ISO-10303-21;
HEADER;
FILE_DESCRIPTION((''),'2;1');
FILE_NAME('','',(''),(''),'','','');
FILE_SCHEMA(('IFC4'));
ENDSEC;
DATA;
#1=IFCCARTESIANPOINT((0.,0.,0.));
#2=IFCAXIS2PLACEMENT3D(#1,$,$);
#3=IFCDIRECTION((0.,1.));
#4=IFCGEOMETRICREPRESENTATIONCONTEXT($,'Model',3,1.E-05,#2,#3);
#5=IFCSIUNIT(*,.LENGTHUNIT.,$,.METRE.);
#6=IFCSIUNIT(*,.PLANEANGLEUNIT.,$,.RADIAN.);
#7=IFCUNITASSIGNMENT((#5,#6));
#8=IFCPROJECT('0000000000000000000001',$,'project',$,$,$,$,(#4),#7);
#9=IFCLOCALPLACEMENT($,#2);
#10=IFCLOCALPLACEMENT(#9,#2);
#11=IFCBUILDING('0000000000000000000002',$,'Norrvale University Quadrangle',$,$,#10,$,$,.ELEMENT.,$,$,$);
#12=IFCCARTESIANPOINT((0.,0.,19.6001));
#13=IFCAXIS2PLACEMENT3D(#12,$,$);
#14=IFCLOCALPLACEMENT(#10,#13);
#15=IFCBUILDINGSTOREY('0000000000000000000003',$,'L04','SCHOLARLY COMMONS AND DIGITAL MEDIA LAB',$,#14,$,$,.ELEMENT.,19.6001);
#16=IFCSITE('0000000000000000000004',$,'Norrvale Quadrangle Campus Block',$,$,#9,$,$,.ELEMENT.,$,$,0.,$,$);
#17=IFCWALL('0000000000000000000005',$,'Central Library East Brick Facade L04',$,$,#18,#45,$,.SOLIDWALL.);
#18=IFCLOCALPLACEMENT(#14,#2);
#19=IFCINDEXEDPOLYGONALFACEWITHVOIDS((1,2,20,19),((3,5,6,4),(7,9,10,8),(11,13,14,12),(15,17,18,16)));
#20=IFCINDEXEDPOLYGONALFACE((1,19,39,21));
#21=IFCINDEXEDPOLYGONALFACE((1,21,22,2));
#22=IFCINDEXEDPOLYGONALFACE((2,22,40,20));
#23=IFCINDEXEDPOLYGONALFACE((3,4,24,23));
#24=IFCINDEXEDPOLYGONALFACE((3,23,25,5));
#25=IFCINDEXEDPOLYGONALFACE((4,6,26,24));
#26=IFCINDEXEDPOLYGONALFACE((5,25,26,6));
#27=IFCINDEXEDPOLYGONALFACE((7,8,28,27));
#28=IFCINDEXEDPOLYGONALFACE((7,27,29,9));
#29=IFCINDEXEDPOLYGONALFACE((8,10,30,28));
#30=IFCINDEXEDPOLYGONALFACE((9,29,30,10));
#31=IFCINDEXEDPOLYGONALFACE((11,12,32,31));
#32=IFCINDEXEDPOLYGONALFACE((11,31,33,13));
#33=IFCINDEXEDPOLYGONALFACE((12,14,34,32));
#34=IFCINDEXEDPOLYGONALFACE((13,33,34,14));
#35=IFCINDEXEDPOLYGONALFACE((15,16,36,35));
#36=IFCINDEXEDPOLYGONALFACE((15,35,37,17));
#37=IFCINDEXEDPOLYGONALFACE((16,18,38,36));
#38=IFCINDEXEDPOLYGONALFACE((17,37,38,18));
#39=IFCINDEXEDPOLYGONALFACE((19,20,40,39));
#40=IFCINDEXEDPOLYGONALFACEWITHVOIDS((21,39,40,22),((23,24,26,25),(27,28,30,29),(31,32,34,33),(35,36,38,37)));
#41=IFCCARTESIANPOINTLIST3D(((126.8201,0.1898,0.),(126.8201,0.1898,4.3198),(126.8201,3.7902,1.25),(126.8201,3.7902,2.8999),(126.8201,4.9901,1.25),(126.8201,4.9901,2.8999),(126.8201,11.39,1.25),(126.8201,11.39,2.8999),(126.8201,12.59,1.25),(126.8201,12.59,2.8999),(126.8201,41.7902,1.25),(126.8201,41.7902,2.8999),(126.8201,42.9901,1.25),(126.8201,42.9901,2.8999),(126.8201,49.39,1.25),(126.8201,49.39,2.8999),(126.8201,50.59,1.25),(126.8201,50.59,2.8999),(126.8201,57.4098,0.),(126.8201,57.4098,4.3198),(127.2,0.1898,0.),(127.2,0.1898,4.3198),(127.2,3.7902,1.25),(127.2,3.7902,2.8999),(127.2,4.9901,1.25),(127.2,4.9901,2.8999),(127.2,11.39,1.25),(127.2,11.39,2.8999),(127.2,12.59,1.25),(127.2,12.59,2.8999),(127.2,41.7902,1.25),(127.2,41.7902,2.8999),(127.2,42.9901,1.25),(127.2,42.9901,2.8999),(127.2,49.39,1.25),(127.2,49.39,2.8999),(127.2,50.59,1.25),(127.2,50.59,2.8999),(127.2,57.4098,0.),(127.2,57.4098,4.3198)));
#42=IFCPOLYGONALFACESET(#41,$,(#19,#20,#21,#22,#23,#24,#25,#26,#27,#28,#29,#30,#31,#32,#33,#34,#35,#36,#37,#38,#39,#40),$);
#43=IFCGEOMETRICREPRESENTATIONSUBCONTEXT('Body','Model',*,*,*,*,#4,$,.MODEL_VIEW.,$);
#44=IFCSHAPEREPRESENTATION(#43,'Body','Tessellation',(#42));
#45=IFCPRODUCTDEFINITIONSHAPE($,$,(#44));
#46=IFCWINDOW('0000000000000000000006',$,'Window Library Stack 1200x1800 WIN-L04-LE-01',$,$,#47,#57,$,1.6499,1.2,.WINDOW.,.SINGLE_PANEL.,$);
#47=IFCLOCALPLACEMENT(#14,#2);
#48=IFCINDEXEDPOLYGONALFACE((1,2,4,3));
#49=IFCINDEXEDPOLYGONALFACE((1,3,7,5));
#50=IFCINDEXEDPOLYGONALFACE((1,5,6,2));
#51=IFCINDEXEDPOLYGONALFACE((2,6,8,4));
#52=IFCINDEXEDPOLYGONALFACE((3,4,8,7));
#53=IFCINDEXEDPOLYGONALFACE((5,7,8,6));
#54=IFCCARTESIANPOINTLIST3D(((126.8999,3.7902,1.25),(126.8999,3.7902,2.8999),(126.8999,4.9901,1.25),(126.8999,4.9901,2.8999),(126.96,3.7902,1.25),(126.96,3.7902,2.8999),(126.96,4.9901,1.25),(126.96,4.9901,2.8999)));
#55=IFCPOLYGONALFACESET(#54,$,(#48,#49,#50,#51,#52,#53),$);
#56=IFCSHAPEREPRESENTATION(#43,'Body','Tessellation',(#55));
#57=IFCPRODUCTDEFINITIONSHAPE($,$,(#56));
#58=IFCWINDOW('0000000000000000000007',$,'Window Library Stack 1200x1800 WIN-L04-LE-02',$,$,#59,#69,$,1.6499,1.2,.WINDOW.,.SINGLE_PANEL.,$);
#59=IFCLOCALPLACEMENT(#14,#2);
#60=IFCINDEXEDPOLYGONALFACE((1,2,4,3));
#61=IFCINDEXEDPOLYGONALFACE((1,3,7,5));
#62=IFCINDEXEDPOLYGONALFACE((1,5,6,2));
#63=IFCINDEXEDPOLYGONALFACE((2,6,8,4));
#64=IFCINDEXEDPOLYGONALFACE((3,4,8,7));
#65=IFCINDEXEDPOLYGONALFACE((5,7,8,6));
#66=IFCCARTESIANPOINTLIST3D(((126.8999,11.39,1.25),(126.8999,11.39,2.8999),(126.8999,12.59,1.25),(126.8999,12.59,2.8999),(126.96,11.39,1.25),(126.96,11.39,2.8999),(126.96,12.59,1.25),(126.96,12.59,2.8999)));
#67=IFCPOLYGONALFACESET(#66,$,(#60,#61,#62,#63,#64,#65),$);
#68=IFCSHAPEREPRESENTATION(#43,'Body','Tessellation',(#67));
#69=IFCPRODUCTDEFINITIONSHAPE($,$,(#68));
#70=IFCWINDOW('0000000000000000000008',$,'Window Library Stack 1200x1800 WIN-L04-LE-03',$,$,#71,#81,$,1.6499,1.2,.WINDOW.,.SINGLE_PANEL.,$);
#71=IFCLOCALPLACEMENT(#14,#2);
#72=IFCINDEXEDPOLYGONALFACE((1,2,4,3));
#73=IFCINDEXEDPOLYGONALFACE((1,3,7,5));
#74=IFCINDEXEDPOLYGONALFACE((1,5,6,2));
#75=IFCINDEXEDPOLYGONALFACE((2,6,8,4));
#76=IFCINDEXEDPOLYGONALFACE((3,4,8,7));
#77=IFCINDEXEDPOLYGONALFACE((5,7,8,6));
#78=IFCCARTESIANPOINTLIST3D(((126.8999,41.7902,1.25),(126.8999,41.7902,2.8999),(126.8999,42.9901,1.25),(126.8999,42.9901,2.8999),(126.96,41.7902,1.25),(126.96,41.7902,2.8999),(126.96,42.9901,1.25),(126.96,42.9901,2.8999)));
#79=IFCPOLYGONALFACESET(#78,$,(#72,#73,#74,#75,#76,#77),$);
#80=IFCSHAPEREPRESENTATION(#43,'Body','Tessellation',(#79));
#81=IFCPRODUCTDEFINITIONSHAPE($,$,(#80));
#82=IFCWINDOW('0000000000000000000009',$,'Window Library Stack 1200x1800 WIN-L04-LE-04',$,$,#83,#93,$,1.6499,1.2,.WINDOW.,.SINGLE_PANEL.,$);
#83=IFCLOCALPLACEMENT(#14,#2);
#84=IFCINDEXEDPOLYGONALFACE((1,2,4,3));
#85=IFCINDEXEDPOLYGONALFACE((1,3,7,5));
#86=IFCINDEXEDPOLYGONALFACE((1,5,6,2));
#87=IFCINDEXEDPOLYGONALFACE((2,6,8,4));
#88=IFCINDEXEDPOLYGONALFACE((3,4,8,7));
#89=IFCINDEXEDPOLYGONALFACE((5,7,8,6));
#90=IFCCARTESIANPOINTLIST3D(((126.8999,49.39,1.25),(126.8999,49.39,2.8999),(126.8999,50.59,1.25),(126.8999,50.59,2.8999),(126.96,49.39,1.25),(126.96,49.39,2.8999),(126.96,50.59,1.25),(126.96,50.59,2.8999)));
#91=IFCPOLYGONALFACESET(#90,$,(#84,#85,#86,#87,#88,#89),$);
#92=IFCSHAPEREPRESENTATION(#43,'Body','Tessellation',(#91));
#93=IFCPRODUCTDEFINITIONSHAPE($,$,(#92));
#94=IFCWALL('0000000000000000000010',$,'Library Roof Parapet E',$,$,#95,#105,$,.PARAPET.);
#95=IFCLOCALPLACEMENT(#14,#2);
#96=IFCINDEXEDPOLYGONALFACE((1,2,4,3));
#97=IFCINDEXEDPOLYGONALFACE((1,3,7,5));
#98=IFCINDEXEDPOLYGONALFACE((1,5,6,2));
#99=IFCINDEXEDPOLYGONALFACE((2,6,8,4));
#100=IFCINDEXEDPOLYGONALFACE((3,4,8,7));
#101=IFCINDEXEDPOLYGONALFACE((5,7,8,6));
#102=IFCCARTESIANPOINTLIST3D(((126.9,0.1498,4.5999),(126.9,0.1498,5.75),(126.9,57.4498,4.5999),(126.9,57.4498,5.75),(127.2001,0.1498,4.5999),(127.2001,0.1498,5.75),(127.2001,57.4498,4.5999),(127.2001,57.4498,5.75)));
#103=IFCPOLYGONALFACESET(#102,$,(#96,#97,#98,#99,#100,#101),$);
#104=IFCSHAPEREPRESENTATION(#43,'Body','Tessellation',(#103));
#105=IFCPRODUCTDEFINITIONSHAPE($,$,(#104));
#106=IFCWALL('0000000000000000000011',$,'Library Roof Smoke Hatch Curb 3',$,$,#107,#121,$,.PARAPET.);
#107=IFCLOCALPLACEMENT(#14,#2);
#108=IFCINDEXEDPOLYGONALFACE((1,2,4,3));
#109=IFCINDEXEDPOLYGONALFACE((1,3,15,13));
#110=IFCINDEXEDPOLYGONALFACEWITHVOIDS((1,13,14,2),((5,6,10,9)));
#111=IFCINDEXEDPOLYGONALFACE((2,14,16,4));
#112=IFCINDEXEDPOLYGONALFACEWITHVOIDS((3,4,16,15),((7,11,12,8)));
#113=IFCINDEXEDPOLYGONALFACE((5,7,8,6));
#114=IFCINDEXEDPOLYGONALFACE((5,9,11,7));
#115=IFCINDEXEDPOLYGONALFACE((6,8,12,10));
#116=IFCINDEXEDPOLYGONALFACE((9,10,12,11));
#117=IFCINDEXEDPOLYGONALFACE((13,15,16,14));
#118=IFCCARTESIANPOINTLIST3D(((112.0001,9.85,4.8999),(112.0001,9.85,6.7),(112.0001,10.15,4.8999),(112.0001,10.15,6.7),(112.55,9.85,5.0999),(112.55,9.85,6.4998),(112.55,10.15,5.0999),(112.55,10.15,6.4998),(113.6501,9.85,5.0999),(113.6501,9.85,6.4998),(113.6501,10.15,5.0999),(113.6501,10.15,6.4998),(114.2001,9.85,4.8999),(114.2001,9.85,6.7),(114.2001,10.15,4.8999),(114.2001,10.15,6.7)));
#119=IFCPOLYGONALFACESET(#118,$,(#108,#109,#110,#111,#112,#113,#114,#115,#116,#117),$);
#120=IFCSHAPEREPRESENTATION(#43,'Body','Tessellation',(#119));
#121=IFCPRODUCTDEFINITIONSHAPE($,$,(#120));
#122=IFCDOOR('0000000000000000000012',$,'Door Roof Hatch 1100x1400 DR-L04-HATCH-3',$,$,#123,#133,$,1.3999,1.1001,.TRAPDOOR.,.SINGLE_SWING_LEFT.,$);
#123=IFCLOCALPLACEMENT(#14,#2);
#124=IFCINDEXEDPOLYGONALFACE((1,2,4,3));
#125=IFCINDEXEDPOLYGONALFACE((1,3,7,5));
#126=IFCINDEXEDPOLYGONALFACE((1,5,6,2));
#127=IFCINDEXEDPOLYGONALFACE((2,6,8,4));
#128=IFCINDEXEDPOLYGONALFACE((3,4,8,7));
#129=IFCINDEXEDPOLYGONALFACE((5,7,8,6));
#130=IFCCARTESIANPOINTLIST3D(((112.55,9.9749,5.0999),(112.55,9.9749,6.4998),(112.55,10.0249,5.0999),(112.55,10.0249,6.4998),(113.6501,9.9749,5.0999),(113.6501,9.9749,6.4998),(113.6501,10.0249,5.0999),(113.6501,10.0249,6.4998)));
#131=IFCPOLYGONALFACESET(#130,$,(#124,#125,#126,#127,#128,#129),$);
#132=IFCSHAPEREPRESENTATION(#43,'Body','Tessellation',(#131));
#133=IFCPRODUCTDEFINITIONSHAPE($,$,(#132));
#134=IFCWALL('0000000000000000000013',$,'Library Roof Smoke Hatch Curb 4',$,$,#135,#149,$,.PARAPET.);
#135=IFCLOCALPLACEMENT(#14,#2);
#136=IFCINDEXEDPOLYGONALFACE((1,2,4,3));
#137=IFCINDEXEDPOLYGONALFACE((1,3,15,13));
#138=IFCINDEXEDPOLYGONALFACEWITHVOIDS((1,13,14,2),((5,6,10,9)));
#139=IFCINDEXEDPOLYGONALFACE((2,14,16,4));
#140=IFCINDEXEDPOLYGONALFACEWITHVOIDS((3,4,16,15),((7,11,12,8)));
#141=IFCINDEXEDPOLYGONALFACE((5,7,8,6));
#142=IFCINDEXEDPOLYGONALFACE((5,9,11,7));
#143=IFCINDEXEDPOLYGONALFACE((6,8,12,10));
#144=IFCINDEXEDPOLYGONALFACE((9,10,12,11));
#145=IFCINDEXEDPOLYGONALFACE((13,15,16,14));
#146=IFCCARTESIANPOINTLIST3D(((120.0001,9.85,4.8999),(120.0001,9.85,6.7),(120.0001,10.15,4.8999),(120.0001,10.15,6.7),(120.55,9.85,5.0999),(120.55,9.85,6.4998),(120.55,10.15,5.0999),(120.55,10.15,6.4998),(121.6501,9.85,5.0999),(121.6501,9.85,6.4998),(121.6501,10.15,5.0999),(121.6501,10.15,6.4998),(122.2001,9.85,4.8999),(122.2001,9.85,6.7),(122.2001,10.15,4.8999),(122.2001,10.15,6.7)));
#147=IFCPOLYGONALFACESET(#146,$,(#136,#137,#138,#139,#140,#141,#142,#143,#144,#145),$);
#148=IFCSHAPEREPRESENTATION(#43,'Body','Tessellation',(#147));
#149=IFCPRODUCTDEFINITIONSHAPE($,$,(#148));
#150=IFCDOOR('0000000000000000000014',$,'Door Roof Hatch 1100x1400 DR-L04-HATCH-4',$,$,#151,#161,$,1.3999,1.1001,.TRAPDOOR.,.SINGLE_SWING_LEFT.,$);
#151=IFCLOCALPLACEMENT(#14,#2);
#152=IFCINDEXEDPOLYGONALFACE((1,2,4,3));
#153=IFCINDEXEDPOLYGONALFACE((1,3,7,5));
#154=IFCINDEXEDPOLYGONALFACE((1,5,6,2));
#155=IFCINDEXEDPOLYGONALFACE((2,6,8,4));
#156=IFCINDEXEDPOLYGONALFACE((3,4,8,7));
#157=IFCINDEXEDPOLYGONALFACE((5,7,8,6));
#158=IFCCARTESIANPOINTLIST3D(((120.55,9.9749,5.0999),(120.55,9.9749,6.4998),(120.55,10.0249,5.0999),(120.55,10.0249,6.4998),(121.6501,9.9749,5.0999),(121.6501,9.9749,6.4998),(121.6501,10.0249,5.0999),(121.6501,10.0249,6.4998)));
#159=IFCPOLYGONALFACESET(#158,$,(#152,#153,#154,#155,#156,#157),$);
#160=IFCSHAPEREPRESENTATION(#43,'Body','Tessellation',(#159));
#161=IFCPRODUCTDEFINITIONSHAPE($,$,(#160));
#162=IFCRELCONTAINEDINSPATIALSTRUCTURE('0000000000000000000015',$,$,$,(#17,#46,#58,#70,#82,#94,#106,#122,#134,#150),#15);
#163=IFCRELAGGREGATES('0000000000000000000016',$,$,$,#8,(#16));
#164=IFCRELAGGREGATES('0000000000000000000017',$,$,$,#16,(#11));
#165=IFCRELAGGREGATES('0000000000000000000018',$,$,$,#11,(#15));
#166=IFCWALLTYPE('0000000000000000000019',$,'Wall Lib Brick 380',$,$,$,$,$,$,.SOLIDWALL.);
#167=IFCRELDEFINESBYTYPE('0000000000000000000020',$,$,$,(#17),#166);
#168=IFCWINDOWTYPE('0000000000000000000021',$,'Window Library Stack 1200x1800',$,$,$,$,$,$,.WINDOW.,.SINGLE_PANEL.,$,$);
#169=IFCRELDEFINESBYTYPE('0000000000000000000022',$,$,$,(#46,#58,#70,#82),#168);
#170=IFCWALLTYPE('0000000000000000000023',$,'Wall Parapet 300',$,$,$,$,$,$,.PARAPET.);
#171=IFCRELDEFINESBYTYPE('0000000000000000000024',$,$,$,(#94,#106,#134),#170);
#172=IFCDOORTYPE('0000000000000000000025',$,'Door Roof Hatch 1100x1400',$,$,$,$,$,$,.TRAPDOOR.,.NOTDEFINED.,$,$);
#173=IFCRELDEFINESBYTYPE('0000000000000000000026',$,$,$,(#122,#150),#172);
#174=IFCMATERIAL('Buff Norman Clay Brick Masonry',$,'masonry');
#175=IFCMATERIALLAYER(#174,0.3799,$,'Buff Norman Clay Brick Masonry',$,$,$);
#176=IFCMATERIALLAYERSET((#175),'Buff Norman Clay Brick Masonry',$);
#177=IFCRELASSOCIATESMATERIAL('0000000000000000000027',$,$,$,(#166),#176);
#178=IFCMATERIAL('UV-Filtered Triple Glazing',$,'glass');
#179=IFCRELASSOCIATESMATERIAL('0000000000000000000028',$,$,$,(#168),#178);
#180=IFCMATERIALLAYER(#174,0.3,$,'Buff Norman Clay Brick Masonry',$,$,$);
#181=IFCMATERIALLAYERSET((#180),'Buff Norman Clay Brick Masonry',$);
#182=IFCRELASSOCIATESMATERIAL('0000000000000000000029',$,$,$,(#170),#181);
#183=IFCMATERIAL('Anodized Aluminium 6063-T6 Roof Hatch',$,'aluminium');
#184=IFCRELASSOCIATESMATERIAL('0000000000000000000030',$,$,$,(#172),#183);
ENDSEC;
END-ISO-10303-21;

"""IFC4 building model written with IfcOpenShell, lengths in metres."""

from ifc_helpers import new_model, si_unit, direction, frame, frame_2d, origin, place, context, subcontext, project, spatial, rectangle, extrude, material, layer, layer_set, type_object, element, fill, save


model = new_model("IFC4")

# Units and contexts
model_context = context("Model", 3, precision=1e-05, world=origin(), true_north=direction((0.0, 1.0)))
body_context = subcontext(model_context, "Body", "Model", "MODEL_VIEW")
ifc_project = project(units=[si_unit("LENGTHUNIT", "METRE"), si_unit("PLANEANGLEUNIT", "RADIAN")], contexts=[model_context])

# Site, building, storey
site_placement = place(None, origin())
site = spatial("IfcSite", under=ifc_project, at=site_placement, Name="Norrvale Quadrangle Campus Block", CompositionType="ELEMENT", RefElevation=0.0)
building_placement = place(site_placement, origin())
building = spatial("IfcBuilding", under=site, at=building_placement, Name="Norrvale University Quadrangle", CompositionType="ELEMENT")
storey_placement = place(building_placement, frame((0.0, 0.0, 19.6001)))
storey = spatial("IfcBuildingStorey", under=building, at=storey_placement, Name="L04", Description="SCHOLARLY COMMONS AND DIGITAL MEDIA LAB", CompositionType="ELEMENT", Elevation=19.6001)

# Wall, openings, windows
ifc_material_1 = material(Name="Buff Norman Clay Brick Masonry", Category="masonry")
ifc_layer_1 = layer(ifc_material_1, 0.3799, Name="Buff Norman Clay Brick Masonry")
ifc_layer_set_1 = layer_set([ifc_layer_1], Name="Buff Norman Clay Brick Masonry")
wall_type_1 = type_object("IfcWallType", Name="Wall Lib Brick 380", PredefinedType="SOLIDWALL", material=ifc_layer_set_1)
wall_1_placement = place(storey_placement, frame((127.01, 0.1899, 0.0), z_axis=(0.0, 0.0, 1.0), x_axis=(0.0, 1.0, 0.0)))
wall_1 = element("IfcWall", 1, at=wall_1_placement, inside=storey, type_object=wall_type_1, Name="Central Library East Brick Facade L04", PredefinedType="SOLIDWALL", context=body_context, shape_type="SweptSolid", body=[
    extrude(rectangle(XDim=57.22, YDim=0.3799, at=frame_2d((28.6099, 0.0))), origin(), (0.0, 0.0, 1.0), 4.3198),
])
opening_1_placement = place(wall_1_placement, frame((3.6001, 0.0, 1.25)))
opening_1 = element("IfcOpeningElement", 2, at=opening_1_placement, cuts=wall_1, PredefinedType="OPENING", context=body_context, shape_type="SweptSolid", body=[
    extrude(rectangle(XDim=1.2, YDim=1.6499, at=frame_2d((0.6001, 0.825))), frame((0.0, 0.2019, 0.0), z_axis=(0.0, -1.0, 0.0), x_axis=(1.0, 0.0, 0.0)), (0.0, 0.0, 1.0), 0.4038),
])
opening_2_placement = place(wall_1_placement, frame((11.2, 0.0, 1.25)))
opening_2 = element("IfcOpeningElement", 3, at=opening_2_placement, cuts=wall_1, PredefinedType="OPENING", context=body_context, shape_type="SweptSolid", body=[
    extrude(rectangle(XDim=1.2, YDim=1.6499, at=frame_2d((0.6001, 0.825))), frame((0.0, 0.2019, 0.0), z_axis=(0.0, -1.0, 0.0), x_axis=(1.0, 0.0, 0.0)), (0.0, 0.0, 1.0), 0.4038),
])
opening_3_placement = place(wall_1_placement, frame((41.6001, 0.0, 1.25)))
opening_3 = element("IfcOpeningElement", 4, at=opening_3_placement, cuts=wall_1, PredefinedType="OPENING", context=body_context, shape_type="SweptSolid", body=[
    extrude(rectangle(XDim=1.2, YDim=1.6499, at=frame_2d((0.6001, 0.825))), frame((0.0, 0.2019, 0.0), z_axis=(0.0, -1.0, 0.0), x_axis=(1.0, 0.0, 0.0)), (0.0, 0.0, 1.0), 0.4038),
])
opening_4_placement = place(wall_1_placement, frame((49.2, 0.0, 1.25)))
opening_4 = element("IfcOpeningElement", 5, at=opening_4_placement, cuts=wall_1, PredefinedType="OPENING", context=body_context, shape_type="SweptSolid", body=[
    extrude(rectangle(XDim=1.2, YDim=1.6499, at=frame_2d((0.6001, 0.825))), frame((0.0, 0.2019, 0.0), z_axis=(0.0, -1.0, 0.0), x_axis=(1.0, 0.0, 0.0)), (0.0, 0.0, 1.0), 0.4038),
])
ifc_material_2 = material(Name="UV-Filtered Triple Glazing", Category="glass")
window_type = type_object("IfcWindowType", Name="Window Library Stack 1200x1800", PartitioningType="SINGLE_PANEL", PredefinedType="WINDOW", material=ifc_material_2)
window_1_placement = place(opening_1_placement, origin())
window_1 = element("IfcWindow", 6, at=window_1_placement, inside=storey, type_object=window_type, Name="Window Library Stack 1200x1800 WIN-L04-LE-01", OverallHeight=1.6499, OverallWidth=1.2, PartitioningType="SINGLE_PANEL", PredefinedType="WINDOW", context=body_context, shape_type="SweptSolid", body=[
    extrude(rectangle(XDim=1.2, YDim=1.6499, at=frame_2d((0.6001, 0.825))), frame((0.0, 0.1101, 0.0), z_axis=(0.0, -1.0, 0.0), x_axis=(1.0, 0.0, 0.0)), (0.0, 0.0, 1.0), 0.0601),
])
fill(opening_1, window_1)
window_2_placement = place(opening_2_placement, origin())
window_2 = element("IfcWindow", 7, at=window_2_placement, inside=storey, type_object=window_type, Name="Window Library Stack 1200x1800 WIN-L04-LE-02", OverallHeight=1.6499, OverallWidth=1.2, PartitioningType="SINGLE_PANEL", PredefinedType="WINDOW", context=body_context, shape_type="SweptSolid", body=[
    extrude(rectangle(XDim=1.2, YDim=1.6499, at=frame_2d((0.6001, 0.825))), frame((0.0, 0.1101, 0.0), z_axis=(0.0, -1.0, 0.0), x_axis=(1.0, 0.0, 0.0)), (0.0, 0.0, 1.0), 0.0601),
])
fill(opening_2, window_2)
window_3_placement = place(opening_3_placement, origin())
window_3 = element("IfcWindow", 8, at=window_3_placement, inside=storey, type_object=window_type, Name="Window Library Stack 1200x1800 WIN-L04-LE-03", OverallHeight=1.6499, OverallWidth=1.2, PartitioningType="SINGLE_PANEL", PredefinedType="WINDOW", context=body_context, shape_type="SweptSolid", body=[
    extrude(rectangle(XDim=1.2, YDim=1.6499, at=frame_2d((0.6001, 0.825))), frame((0.0, 0.1101, 0.0), z_axis=(0.0, -1.0, 0.0), x_axis=(1.0, 0.0, 0.0)), (0.0, 0.0, 1.0), 0.0601),
])
fill(opening_3, window_3)
window_4_placement = place(opening_4_placement, origin())
window_4 = element("IfcWindow", 9, at=window_4_placement, inside=storey, type_object=window_type, Name="Window Library Stack 1200x1800 WIN-L04-LE-04", OverallHeight=1.6499, OverallWidth=1.2, PartitioningType="SINGLE_PANEL", PredefinedType="WINDOW", context=body_context, shape_type="SweptSolid", body=[
    extrude(rectangle(XDim=1.2, YDim=1.6499, at=frame_2d((0.6001, 0.825))), frame((0.0, 0.1101, 0.0), z_axis=(0.0, -1.0, 0.0), x_axis=(1.0, 0.0, 0.0)), (0.0, 0.0, 1.0), 0.0601),
])
fill(opening_4, window_4)

# Wall
ifc_layer_2 = layer(ifc_material_1, 0.3, Name="Buff Norman Clay Brick Masonry")
ifc_layer_set_2 = layer_set([ifc_layer_2], Name="Buff Norman Clay Brick Masonry")
wall_type_2 = type_object("IfcWallType", Name="Wall Parapet 300", PredefinedType="PARAPET", material=ifc_layer_set_2)
wall_2_placement = place(storey_placement, frame((127.05, 0.1499, 4.5999), z_axis=(0.0, 0.0, 1.0), x_axis=(0.0, 1.0, 0.0)))
element("IfcWall", 10, at=wall_2_placement, inside=storey, type_object=wall_type_2, Name="Library Roof Parapet E", PredefinedType="PARAPET", context=body_context, shape_type="SweptSolid", body=[
    extrude(rectangle(XDim=57.3, YDim=0.3, at=frame_2d((28.6499, 0.0))), origin(), (0.0, 0.0, 1.0), 1.1501),
])

# Walls, openings, doors
wall_3_placement = place(storey_placement, frame((112.0, 10.0, 4.8999), z_axis=(0.0, 0.0, 1.0), x_axis=(1.0, 0.0, 0.0)))
wall_3 = element("IfcWall", 11, at=wall_3_placement, inside=storey, type_object=wall_type_2, Name="Library Roof Smoke Hatch Curb 3", PredefinedType="PARAPET", context=body_context, shape_type="SweptSolid", body=[
    extrude(rectangle(XDim=2.2, YDim=0.3, at=frame_2d((1.1001, 0.0))), origin(), (0.0, 0.0, 1.0), 1.8),
])
opening_5_placement = place(wall_3_placement, frame((0.55, 0.0, 0.2)))
opening_5 = element("IfcOpeningElement", 12, at=opening_5_placement, cuts=wall_3, PredefinedType="OPENING", context=body_context, shape_type="SweptSolid", body=[
    extrude(rectangle(XDim=1.1001, YDim=1.3999, at=frame_2d((0.55, 0.7))), frame((0.0, 0.1621, 0.0), z_axis=(0.0, -1.0, 0.0), x_axis=(1.0, 0.0, 0.0)), (0.0, 0.0, 1.0), 0.324),
])
ifc_material_3 = material(Name="Anodized Aluminium 6063-T6 Roof Hatch", Category="aluminium")
door_type = type_object("IfcDoorType", Name="Door Roof Hatch 1100x1400", OperationType="NOTDEFINED", PredefinedType="TRAPDOOR", material=ifc_material_3)
door_1_placement = place(opening_5_placement, origin())
door_1 = element("IfcDoor", 13, at=door_1_placement, inside=storey, type_object=door_type, Name="Door Roof Hatch 1100x1400 DR-L04-HATCH-3", OperationType="SINGLE_SWING_LEFT", OverallHeight=1.3999, OverallWidth=1.1001, PredefinedType="TRAPDOOR", context=body_context, shape_type="SweptSolid", body=[
    extrude(rectangle(XDim=1.1001, YDim=1.3999, at=frame_2d((0.55, 0.7))), frame((0.0, 0.0249, 0.0), z_axis=(0.0, -1.0, 0.0), x_axis=(1.0, 0.0, 0.0)), (0.0, 0.0, 1.0), 0.05),
])
fill(opening_5, door_1)
wall_4_placement = place(storey_placement, frame((120.0, 10.0, 4.8999), z_axis=(0.0, 0.0, 1.0), x_axis=(1.0, 0.0, 0.0)))
wall_4 = element("IfcWall", 14, at=wall_4_placement, inside=storey, type_object=wall_type_2, Name="Library Roof Smoke Hatch Curb 4", PredefinedType="PARAPET", context=body_context, shape_type="SweptSolid", body=[
    extrude(rectangle(XDim=2.2, YDim=0.3, at=frame_2d((1.1001, 0.0))), origin(), (0.0, 0.0, 1.0), 1.8),
])
opening_6_placement = place(wall_4_placement, frame((0.55, 0.0, 0.2)))
opening_6 = element("IfcOpeningElement", 15, at=opening_6_placement, cuts=wall_4, PredefinedType="OPENING", context=body_context, shape_type="SweptSolid", body=[
    extrude(rectangle(XDim=1.1001, YDim=1.3999, at=frame_2d((0.55, 0.7))), frame((0.0, 0.1621, 0.0), z_axis=(0.0, -1.0, 0.0), x_axis=(1.0, 0.0, 0.0)), (0.0, 0.0, 1.0), 0.324),
])
door_2_placement = place(opening_6_placement, origin())
door_2 = element("IfcDoor", 16, at=door_2_placement, inside=storey, type_object=door_type, Name="Door Roof Hatch 1100x1400 DR-L04-HATCH-4", OperationType="SINGLE_SWING_LEFT", OverallHeight=1.3999, OverallWidth=1.1001, PredefinedType="TRAPDOOR", context=body_context, shape_type="SweptSolid", body=[
    extrude(rectangle(XDim=1.1001, YDim=1.3999, at=frame_2d((0.55, 0.7))), frame((0.0, 0.0249, 0.0), z_axis=(0.0, -1.0, 0.0), x_axis=(1.0, 0.0, 0.0)), (0.0, 0.0, 1.0), 0.05),
])
fill(opening_6, door_2)

save(model, "model.ifc")
